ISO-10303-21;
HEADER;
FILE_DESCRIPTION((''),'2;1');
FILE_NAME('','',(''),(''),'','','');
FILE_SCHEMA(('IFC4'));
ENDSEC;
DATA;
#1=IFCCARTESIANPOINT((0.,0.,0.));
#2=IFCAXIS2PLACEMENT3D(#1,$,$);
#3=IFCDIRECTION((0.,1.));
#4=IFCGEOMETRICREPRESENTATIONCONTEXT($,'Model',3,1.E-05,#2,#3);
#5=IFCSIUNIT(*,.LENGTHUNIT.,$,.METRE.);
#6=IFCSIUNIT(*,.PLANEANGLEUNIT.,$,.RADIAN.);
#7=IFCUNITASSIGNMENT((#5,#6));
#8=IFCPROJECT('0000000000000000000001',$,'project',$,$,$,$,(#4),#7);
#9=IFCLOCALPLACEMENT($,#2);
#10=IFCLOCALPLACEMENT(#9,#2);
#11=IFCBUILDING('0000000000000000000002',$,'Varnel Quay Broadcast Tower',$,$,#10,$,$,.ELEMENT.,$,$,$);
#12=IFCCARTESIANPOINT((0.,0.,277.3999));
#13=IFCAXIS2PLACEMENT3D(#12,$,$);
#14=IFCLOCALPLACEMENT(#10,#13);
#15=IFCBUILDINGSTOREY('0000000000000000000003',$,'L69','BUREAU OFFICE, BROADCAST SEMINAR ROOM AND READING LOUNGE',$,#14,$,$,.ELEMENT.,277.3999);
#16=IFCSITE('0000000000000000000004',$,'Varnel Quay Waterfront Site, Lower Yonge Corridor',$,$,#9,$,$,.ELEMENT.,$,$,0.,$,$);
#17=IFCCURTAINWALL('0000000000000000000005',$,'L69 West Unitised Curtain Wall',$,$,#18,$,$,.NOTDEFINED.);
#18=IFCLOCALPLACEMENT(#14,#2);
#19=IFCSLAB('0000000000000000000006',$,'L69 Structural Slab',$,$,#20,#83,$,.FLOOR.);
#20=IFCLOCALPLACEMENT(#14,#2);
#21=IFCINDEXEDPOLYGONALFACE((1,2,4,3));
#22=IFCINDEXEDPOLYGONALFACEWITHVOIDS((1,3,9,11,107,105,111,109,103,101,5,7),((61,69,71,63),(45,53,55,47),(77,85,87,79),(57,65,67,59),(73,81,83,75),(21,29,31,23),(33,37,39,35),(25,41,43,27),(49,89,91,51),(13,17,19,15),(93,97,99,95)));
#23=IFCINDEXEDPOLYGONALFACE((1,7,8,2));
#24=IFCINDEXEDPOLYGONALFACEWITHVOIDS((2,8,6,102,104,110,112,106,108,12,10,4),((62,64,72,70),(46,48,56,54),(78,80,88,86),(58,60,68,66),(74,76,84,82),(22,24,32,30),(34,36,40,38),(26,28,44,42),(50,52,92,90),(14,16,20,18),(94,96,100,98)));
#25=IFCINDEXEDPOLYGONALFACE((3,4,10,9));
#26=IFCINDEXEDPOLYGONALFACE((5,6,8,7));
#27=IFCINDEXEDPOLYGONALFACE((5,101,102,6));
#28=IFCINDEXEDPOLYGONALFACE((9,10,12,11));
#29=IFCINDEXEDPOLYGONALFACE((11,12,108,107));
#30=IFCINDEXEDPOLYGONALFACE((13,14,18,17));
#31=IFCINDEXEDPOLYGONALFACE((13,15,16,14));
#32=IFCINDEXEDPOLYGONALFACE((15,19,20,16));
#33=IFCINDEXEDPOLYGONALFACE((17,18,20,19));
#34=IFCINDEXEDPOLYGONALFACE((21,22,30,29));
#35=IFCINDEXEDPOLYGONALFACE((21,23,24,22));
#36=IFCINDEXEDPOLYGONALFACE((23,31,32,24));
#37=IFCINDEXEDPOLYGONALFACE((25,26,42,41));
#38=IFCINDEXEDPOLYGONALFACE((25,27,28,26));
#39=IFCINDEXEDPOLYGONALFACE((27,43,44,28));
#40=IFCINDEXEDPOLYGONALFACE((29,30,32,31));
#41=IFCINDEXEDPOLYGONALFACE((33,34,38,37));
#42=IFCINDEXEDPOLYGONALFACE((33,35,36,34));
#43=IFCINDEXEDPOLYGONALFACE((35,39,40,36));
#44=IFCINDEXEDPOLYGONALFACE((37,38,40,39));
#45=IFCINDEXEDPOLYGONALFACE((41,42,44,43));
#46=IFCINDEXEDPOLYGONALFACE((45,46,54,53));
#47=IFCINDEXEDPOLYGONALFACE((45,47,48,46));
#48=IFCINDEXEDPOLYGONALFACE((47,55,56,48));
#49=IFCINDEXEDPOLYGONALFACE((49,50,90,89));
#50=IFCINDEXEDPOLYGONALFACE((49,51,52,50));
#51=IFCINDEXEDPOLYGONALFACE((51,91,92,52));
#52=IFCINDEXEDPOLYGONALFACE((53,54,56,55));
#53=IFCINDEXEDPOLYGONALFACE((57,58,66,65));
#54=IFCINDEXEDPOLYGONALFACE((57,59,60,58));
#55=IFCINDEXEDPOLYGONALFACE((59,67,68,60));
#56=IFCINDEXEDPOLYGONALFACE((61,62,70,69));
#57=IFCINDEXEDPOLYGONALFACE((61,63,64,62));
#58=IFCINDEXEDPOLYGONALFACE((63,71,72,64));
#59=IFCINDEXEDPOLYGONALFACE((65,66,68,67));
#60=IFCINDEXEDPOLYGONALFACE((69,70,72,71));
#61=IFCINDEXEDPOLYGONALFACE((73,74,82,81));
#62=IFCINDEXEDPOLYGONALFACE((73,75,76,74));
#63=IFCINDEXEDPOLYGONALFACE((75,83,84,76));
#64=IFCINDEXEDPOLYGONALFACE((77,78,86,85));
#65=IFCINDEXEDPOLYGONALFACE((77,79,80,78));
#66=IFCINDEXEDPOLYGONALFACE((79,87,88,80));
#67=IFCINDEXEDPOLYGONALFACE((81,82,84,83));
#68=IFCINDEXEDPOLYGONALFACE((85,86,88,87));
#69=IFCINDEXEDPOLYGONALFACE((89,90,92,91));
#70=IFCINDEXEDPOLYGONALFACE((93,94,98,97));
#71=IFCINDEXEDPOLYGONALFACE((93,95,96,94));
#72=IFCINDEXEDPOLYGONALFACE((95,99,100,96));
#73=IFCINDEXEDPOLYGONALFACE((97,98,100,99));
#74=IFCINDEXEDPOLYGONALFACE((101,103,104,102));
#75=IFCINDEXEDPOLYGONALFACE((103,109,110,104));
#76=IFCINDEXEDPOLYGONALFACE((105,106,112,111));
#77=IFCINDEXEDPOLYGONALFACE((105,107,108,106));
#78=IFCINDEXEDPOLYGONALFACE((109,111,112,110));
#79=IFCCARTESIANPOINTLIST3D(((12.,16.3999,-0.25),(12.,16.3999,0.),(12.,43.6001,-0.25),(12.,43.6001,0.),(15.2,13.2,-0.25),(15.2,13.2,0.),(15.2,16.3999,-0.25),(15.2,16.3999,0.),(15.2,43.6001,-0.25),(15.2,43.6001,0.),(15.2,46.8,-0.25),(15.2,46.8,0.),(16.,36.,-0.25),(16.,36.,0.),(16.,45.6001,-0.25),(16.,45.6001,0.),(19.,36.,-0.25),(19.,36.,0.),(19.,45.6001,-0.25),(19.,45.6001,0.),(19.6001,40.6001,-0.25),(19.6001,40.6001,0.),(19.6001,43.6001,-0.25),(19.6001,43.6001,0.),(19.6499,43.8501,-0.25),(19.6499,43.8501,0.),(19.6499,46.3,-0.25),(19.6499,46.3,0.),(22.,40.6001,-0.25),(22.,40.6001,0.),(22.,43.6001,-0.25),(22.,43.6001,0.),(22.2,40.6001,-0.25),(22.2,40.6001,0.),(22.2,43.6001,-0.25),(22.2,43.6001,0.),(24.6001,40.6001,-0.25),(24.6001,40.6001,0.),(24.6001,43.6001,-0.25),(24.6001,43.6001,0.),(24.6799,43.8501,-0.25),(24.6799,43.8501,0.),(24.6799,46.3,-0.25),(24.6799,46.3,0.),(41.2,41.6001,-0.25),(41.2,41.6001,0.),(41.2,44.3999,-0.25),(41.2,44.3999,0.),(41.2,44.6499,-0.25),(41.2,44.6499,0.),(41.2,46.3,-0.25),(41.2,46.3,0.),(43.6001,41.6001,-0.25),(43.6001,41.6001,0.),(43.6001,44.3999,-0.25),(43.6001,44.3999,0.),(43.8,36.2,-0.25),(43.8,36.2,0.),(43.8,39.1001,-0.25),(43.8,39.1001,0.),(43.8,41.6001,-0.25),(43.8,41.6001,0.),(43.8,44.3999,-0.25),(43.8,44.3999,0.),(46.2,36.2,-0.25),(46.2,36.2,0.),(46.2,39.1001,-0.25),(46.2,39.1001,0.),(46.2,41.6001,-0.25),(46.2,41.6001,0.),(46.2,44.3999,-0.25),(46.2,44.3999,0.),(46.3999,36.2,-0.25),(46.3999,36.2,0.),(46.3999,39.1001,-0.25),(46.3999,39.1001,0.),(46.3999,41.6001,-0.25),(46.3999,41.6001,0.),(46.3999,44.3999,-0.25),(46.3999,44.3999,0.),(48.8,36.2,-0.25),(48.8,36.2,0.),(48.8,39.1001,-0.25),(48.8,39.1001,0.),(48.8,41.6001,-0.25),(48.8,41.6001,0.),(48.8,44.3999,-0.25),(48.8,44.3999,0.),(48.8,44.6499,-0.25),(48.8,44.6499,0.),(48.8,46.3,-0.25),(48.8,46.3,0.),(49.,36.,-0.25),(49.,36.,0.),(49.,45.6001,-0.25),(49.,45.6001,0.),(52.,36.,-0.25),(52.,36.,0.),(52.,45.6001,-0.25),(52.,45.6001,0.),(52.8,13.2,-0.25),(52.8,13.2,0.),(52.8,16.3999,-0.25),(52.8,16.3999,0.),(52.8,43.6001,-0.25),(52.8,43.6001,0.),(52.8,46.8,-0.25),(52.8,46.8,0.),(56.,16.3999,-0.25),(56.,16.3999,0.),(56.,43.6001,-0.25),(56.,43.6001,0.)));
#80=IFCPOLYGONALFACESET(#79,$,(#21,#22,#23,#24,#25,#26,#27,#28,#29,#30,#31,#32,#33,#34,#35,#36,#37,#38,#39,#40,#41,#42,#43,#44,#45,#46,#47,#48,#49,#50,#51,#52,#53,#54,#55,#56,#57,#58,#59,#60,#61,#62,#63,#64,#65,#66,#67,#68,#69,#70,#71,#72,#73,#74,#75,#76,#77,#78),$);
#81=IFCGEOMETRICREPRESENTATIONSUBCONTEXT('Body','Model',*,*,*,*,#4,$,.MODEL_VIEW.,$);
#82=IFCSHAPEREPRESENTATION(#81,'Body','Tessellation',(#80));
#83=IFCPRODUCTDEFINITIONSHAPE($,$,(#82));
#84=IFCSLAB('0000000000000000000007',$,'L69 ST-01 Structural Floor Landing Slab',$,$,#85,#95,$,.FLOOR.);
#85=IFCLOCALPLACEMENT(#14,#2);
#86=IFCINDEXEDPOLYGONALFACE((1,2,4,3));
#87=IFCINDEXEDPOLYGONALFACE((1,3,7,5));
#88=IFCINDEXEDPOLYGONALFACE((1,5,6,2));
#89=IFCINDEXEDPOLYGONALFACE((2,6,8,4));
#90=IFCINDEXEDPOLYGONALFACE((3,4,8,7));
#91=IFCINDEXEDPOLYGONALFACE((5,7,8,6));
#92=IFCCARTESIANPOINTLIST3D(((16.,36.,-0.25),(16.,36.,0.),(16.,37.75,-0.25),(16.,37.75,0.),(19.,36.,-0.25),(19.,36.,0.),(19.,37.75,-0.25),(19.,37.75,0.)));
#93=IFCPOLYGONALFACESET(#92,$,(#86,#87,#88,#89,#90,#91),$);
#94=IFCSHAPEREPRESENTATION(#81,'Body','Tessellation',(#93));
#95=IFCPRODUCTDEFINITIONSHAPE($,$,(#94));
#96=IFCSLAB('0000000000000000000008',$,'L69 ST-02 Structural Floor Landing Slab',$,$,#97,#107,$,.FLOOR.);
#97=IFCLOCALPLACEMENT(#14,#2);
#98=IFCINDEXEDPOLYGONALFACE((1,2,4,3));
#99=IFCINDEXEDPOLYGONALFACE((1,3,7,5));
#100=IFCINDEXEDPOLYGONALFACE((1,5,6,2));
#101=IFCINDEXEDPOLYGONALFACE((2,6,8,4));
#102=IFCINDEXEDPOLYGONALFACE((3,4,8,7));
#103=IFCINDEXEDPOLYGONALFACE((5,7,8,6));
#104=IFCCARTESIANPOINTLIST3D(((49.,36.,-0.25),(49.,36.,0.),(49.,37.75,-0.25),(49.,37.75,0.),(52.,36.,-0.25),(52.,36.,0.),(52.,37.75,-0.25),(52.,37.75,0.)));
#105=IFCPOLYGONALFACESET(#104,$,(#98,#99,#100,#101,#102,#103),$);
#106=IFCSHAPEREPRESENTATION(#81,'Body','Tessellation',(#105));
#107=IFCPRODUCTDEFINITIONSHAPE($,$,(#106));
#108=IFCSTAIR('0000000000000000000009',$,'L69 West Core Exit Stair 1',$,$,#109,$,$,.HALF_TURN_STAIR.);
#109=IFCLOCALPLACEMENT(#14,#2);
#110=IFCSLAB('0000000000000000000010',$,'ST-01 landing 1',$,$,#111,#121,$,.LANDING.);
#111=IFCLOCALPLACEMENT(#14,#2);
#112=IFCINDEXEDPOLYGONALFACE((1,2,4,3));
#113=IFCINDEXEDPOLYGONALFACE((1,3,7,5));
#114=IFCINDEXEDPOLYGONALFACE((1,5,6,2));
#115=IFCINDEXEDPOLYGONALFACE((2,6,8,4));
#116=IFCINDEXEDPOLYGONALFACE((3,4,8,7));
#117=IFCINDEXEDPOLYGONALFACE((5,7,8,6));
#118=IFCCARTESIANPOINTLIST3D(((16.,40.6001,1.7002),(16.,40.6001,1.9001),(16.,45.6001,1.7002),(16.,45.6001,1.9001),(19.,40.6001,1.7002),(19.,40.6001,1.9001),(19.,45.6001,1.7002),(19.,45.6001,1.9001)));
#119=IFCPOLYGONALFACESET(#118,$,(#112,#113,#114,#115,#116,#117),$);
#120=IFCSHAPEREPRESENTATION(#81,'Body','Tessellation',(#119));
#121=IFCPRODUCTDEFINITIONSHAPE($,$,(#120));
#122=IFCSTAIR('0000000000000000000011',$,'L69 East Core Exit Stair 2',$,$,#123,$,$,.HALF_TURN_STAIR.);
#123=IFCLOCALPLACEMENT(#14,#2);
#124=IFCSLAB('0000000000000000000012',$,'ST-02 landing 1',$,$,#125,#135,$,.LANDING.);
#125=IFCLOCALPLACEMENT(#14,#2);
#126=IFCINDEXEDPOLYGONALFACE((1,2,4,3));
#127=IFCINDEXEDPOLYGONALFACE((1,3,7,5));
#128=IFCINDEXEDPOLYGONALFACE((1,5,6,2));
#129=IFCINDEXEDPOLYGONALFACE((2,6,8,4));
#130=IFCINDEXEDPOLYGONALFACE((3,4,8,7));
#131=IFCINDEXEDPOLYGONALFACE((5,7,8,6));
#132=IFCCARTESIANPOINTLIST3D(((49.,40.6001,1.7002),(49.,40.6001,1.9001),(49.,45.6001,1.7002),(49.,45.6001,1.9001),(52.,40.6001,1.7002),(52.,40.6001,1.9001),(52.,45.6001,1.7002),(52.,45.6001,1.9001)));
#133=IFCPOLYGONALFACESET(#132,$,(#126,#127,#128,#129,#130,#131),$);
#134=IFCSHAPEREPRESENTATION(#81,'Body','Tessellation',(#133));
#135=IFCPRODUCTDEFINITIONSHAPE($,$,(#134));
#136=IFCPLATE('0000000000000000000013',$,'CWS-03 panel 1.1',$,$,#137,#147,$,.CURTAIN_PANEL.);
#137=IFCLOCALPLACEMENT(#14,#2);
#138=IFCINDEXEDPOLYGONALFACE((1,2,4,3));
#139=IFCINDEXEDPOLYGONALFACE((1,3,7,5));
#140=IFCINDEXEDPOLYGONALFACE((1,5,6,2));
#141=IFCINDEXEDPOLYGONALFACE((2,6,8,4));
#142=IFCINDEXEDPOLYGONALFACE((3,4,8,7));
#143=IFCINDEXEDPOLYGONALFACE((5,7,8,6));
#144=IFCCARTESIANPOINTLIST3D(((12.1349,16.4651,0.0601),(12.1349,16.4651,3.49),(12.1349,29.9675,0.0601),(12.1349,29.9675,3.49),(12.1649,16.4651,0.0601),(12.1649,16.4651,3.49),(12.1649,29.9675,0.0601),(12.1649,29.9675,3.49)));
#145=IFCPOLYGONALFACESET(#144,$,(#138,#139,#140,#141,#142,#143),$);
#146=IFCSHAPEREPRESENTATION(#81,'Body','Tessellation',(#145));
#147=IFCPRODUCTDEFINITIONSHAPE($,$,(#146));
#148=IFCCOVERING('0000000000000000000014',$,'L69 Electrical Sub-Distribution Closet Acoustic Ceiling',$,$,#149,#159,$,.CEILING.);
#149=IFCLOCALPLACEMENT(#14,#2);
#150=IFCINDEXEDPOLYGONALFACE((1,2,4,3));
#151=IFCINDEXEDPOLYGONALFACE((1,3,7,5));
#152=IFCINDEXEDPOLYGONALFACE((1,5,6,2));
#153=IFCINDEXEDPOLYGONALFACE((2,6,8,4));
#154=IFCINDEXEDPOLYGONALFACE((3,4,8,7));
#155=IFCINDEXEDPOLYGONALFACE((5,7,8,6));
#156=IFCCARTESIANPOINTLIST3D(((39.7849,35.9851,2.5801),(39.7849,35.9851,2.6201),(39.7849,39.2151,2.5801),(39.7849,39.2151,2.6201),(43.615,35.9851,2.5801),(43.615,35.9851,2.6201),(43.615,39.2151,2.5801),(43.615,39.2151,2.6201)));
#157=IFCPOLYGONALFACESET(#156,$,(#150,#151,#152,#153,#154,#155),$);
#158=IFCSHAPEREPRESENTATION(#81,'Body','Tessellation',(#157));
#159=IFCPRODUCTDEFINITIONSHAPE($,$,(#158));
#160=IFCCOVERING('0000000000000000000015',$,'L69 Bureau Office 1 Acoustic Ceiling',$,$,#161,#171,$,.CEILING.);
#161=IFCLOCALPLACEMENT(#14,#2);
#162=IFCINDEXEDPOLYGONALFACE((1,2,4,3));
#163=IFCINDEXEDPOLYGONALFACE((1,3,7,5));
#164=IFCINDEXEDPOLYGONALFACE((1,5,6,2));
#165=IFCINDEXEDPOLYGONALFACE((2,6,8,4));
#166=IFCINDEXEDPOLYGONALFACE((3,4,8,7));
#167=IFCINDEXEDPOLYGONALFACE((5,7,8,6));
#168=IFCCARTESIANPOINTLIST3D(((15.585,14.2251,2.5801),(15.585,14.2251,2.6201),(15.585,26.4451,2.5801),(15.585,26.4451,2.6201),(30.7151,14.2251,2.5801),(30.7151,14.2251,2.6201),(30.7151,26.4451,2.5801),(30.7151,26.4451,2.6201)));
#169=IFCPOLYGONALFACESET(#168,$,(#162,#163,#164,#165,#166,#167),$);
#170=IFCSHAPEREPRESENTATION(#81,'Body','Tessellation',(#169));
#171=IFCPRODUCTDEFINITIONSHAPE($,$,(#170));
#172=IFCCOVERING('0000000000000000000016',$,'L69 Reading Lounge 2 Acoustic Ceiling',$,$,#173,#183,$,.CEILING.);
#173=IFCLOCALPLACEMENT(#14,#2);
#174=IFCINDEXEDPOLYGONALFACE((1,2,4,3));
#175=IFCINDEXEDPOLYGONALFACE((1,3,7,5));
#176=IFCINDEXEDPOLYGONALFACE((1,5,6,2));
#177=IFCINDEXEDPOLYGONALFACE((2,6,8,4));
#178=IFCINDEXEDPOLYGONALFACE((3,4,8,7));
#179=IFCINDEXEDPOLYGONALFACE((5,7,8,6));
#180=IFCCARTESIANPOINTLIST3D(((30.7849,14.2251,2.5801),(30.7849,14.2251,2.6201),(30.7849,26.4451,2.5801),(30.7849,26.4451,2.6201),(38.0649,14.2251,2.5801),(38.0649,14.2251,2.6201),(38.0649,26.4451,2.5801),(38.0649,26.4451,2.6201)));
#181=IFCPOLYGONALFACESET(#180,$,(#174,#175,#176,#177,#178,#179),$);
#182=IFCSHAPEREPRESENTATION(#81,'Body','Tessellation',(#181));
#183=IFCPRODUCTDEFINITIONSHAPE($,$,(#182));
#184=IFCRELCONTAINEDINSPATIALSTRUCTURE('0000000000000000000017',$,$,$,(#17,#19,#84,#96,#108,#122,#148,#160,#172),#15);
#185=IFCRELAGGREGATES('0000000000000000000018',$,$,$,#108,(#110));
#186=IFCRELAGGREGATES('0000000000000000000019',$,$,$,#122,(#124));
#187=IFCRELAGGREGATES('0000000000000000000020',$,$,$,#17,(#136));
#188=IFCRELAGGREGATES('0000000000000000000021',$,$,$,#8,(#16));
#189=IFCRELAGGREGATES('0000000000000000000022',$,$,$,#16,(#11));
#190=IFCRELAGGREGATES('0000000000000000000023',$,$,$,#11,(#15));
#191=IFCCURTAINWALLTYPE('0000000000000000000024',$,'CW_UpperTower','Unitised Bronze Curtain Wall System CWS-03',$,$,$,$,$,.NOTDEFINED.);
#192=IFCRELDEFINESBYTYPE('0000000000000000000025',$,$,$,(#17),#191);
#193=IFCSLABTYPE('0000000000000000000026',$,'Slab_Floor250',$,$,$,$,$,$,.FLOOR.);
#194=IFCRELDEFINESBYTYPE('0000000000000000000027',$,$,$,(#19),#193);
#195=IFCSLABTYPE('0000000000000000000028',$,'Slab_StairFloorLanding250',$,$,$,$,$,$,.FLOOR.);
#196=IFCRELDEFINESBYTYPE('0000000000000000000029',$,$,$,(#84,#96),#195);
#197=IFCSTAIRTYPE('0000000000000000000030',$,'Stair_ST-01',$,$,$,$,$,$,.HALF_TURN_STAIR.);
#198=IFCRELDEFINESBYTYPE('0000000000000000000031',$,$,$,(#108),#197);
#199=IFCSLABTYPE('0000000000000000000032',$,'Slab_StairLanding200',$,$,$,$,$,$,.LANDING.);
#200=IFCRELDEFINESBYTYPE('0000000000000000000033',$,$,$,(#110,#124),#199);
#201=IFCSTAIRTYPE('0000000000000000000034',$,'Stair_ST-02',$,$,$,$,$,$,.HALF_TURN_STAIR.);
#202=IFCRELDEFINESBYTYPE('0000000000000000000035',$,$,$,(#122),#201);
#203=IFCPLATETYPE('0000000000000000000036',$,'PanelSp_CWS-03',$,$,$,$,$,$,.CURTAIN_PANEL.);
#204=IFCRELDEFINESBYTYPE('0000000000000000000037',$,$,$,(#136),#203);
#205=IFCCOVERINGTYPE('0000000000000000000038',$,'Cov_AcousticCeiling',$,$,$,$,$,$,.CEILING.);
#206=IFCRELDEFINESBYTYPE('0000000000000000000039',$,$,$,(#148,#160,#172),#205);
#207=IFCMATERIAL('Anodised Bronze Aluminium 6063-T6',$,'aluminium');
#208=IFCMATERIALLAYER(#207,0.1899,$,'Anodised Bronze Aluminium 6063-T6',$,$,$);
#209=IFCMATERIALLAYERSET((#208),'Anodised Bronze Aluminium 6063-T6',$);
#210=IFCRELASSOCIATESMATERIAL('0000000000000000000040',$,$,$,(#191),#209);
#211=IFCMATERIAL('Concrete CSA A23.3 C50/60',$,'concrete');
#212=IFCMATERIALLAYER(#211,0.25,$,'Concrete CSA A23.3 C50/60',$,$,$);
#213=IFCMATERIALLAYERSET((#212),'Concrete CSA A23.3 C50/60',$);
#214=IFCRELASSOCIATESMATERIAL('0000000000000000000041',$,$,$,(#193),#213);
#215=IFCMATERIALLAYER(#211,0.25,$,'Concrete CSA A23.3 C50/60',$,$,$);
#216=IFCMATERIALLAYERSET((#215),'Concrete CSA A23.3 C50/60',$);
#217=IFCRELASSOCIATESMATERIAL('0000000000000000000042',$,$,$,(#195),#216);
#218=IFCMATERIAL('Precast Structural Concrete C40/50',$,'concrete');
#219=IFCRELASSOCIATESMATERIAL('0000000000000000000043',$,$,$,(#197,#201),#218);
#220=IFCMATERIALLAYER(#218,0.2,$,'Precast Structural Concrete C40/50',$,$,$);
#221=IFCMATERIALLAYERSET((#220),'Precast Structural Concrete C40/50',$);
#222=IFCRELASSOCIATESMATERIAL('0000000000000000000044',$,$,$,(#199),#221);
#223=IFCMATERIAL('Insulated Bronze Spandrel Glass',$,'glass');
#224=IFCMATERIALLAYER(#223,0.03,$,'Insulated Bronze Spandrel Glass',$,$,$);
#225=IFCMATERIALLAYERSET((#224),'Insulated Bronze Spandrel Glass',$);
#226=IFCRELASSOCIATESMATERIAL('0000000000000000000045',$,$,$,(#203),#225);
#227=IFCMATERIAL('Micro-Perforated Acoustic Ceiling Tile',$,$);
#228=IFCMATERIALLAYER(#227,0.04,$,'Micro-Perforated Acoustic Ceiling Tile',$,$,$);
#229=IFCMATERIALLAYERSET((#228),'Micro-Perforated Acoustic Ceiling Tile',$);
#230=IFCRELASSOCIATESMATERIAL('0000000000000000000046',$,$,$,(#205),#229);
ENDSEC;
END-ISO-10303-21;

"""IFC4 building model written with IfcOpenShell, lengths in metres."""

from ifc_helpers import new_model, si_unit, direction, frame, origin, origin_2d, place, context, subcontext, project, spatial, polyline, rectangle, outline, extrude, source, transform, mapped, material, layer, layer_set, type_object, type_shapes, element, aggregate, save


model = new_model("IFC4")

# Units and contexts
model_context = context("Model", 3, precision=1e-05, world=origin(), true_north=direction((0.0, 1.0)))
body_context = subcontext(model_context, "Body", "Model", "MODEL_VIEW")
ifc_project = project(units=[si_unit("LENGTHUNIT", "METRE"), si_unit("PLANEANGLEUNIT", "RADIAN")], contexts=[model_context])

# Site, building, storey
site_placement = place(None, origin())
site = spatial("IfcSite", under=ifc_project, at=site_placement, Name="Varnel Quay Waterfront Site, Lower Yonge Corridor", CompositionType="ELEMENT", RefElevation=0.0)
building_placement = place(site_placement, origin())
building = spatial("IfcBuilding", under=site, at=building_placement, Name="Varnel Quay Broadcast Tower", CompositionType="ELEMENT")
storey_placement = place(building_placement, frame((0.0, 0.0, 277.3999)))
storey = spatial("IfcBuildingStorey", under=building, at=storey_placement, Name="L69", Description="BUREAU OFFICE, BROADCAST SEMINAR ROOM AND READING LOUNGE", CompositionType="ELEMENT", Elevation=277.3999)

# Shared definitions
ifc_material_1 = material(Name="Anodised Bronze Aluminium 6063-T6", Category="aluminium")

# Curtain wall
ifc_layer_1 = layer(ifc_material_1, 0.1899, Name="Anodised Bronze Aluminium 6063-T6")
ifc_layer_set_1 = layer_set([ifc_layer_1], Name="Anodised Bronze Aluminium 6063-T6")
curtain_wall_type_1 = type_object("IfcCurtainWallType", Name="CW_UpperTower", Description="Unitised Bronze Curtain Wall System CWS-03", PredefinedType="NOTDEFINED", material=ifc_layer_set_1)
curtain_wall_1_placement = place(storey_placement, origin())
curtain_wall_1 = element("IfcCurtainWall", 1, at=curtain_wall_1_placement, inside=storey, type_object=curtain_wall_type_1, Name="L69 West Unitised Curtain Wall", PredefinedType="NOTDEFINED")

# Slabs
ifc_material_2 = material(Name="Concrete CSA A23.3 C50/60", Category="concrete")
ifc_layer_2 = layer(ifc_material_2, 0.25, Name="Concrete CSA A23.3 C50/60")
ifc_layer_set_2 = layer_set([ifc_layer_2], Name="Concrete CSA A23.3 C50/60")
slab_type_1 = type_object("IfcSlabType", Name="Slab_Floor250", PredefinedType="FLOOR", material=ifc_layer_set_2)
slab_1_placement = place(storey_placement, frame((0.0, 0.0, -0.25)))
element("IfcSlab", 2, at=slab_1_placement, inside=storey, type_object=slab_type_1, Name="L69 Structural Slab", PredefinedType="FLOOR", context=body_context, shape_type="SweptSolid", body=[
    extrude(outline(polyline([(15.2, 13.2), (52.8, 13.2), (52.8, 16.3999), (56.0, 16.3999), (56.0, 43.6001), (52.8, 43.6001), (52.8, 46.8), (15.2, 46.8), (15.2, 43.6001), (12.0, 43.6001), (12.0, 16.3999), (15.2, 16.3999), (15.2, 13.2)]), holes=[polyline([(19.0, 36.0), (16.0, 36.0), (16.0, 45.6001), (19.0, 45.6001), (19.0, 36.0)]), polyline([(19.6001, 40.6001), (19.6001, 43.6001), (22.0, 43.6001), (22.0, 40.6001), (19.6001, 40.6001)]), polyline([(22.2, 40.6001), (22.2, 43.6001), (24.6001, 43.6001), (24.6001, 40.6001), (22.2, 40.6001)]), polyline([(41.2, 44.3999), (43.6001, 44.3999), (43.6001, 41.6001), (41.2, 41.6001), (41.2, 44.3999)]), polyline([(43.8, 44.3999), (46.2, 44.3999), (46.2, 41.6001), (43.8, 41.6001), (43.8, 44.3999)]), polyline([(19.6499, 43.8501), (19.6499, 46.3), (24.6799, 46.3), (24.6799, 43.8501), (19.6499, 43.8501)]), polyline([(43.8, 39.1001), (46.2, 39.1001), (46.2, 36.2), (43.8, 36.2), (43.8, 39.1001)]), polyline([(46.3999, 39.1001), (48.8, 39.1001), (48.8, 36.2), (46.3999, 36.2), (46.3999, 39.1001)]), polyline([(52.0, 36.0), (49.0, 36.0), (49.0, 45.6001), (52.0, 45.6001), (52.0, 36.0)]), polyline([(46.3999, 44.3999), (48.8, 44.3999), (48.8, 41.6001), (46.3999, 41.6001), (46.3999, 44.3999)]), polyline([(41.2, 46.3), (48.8, 46.3), (48.8, 44.6499), (41.2, 44.6499), (41.2, 46.3)])]), origin(), (0.0, 0.0, 1.0), 0.25),
])
ifc_layer_3 = layer(ifc_material_2, 0.25, Name="Concrete CSA A23.3 C50/60")
ifc_layer_set_3 = layer_set([ifc_layer_3], Name="Concrete CSA A23.3 C50/60")
slab_type_2 = type_object("IfcSlabType", Name="Slab_StairFloorLanding250", PredefinedType="FLOOR", material=ifc_layer_set_3)
slab_2_placement = place(storey_placement, frame((0.0, 0.0, -0.25)))
element("IfcSlab", 3, at=slab_2_placement, inside=storey, type_object=slab_type_2, Name="L69 ST-01 Structural Floor Landing Slab", PredefinedType="FLOOR", context=body_context, shape_type="SweptSolid", body=[
    extrude(outline(polyline([(19.0, 36.0), (19.0, 37.75), (16.0, 37.75), (16.0, 36.0), (19.0, 36.0)])), origin(), (0.0, 0.0, 1.0), 0.25),
])
slab_3_placement = place(storey_placement, frame((0.0, 0.0, -0.25)))
element("IfcSlab", 4, at=slab_3_placement, inside=storey, type_object=slab_type_2, Name="L69 ST-02 Structural Floor Landing Slab", PredefinedType="FLOOR", context=body_context, shape_type="SweptSolid", body=[
    extrude(outline(polyline([(52.0, 36.0), (52.0, 37.75), (49.0, 37.75), (49.0, 36.0), (52.0, 36.0)])), origin(), (0.0, 0.0, 1.0), 0.25),
])

# Stairs, slabs
ifc_material_3 = material(Name="Precast Structural Concrete C40/50", Category="concrete")
stair_type_1 = type_object("IfcStairType", Name="Stair_ST-01", PredefinedType="HALF_TURN_STAIR", material=ifc_material_3)
stair_1_placement = place(storey_placement, origin())
stair_1 = element("IfcStair", 5, at=stair_1_placement, inside=storey, type_object=stair_type_1, Name="L69 West Core Exit Stair 1", PredefinedType="HALF_TURN_STAIR")
ifc_layer_4 = layer(ifc_material_3, 0.2, Name="Precast Structural Concrete C40/50")
ifc_layer_set_4 = layer_set([ifc_layer_4], Name="Precast Structural Concrete C40/50")
slab_type_3 = type_object("IfcSlabType", Name="Slab_StairLanding200", PredefinedType="LANDING", material=ifc_layer_set_4)
slab_4_placement = place(storey_placement, frame((0.0, 0.0, 1.7002)))
slab_4 = element("IfcSlab", 6, at=slab_4_placement, type_object=slab_type_3, Name="ST-01 landing 1", PredefinedType="LANDING", context=body_context, shape_type="SweptSolid", body=[
    extrude(outline(polyline([(19.0, 40.6001), (19.0, 45.6001), (16.0, 45.6001), (16.0, 40.6001), (19.0, 40.6001)])), origin(), (0.0, 0.0, 1.0), 0.2),
])
aggregate(stair_1, [slab_4])
stair_type_2 = type_object("IfcStairType", Name="Stair_ST-02", PredefinedType="HALF_TURN_STAIR", material=ifc_material_3)
stair_2_placement = place(storey_placement, origin())
stair_2 = element("IfcStair", 7, at=stair_2_placement, inside=storey, type_object=stair_type_2, Name="L69 East Core Exit Stair 2", PredefinedType="HALF_TURN_STAIR")
slab_5_placement = place(storey_placement, frame((0.0, 0.0, 1.7002)))
slab_5 = element("IfcSlab", 8, at=slab_5_placement, type_object=slab_type_3, Name="ST-02 landing 1", PredefinedType="LANDING", context=body_context, shape_type="SweptSolid", body=[
    extrude(outline(polyline([(52.0, 40.6001), (52.0, 45.6001), (49.0, 45.6001), (49.0, 40.6001), (52.0, 40.6001)])), origin(), (0.0, 0.0, 1.0), 0.2),
])
aggregate(stair_2, [slab_5])

# Plate
ifc_material_4 = material(Name="Insulated Bronze Spandrel Glass", Category="glass")
ifc_layer_5 = layer(ifc_material_4, 0.03, Name="Insulated Bronze Spandrel Glass")
ifc_layer_set_5 = layer_set([ifc_layer_5], Name="Insulated Bronze Spandrel Glass")
plate_type = type_object("IfcPlateType", Name="PanelSp_CWS-03", PredefinedType="CURTAIN_PANEL", material=ifc_layer_set_5)
shared_shape_1 = source(origin(), body_context, "Body", "SweptSolid", [
    extrude(rectangle(XDim=13.5024, YDim=0.03, at=origin_2d()), origin(), (0.0, 0.0, 1.0), 3.4299),
])
type_shapes(plate_type, [shared_shape_1])
plate_placement = place(storey_placement, frame((12.1499, 23.2163, 0.0601), z_axis=(0.0, 0.0, 1.0), x_axis=(0.0, 1.0, 0.0)))
plate = element("IfcPlate", 9, at=plate_placement, type_object=plate_type, Name="CWS-03 panel 1.1", PredefinedType="CURTAIN_PANEL", context=body_context, shape_type="MappedRepresentation", body=[
    mapped(shared_shape_1, transform((0.0, 0.0, 0.0), x_axis=(1.0, 0.0, 0.0), y_axis=(0.0, 1.0, 0.0), z_axis=(0.0, 0.0, 1.0), scale=1.0)),
])
aggregate(curtain_wall_1, [plate])

# Coverings
ifc_material_5 = material(Name="Micro-Perforated Acoustic Ceiling Tile")
ifc_layer_6 = layer(ifc_material_5, 0.04, Name="Micro-Perforated Acoustic Ceiling Tile")
ifc_layer_set_6 = layer_set([ifc_layer_6], Name="Micro-Perforated Acoustic Ceiling Tile")
covering_type_1 = type_object("IfcCoveringType", Name="Cov_AcousticCeiling", PredefinedType="CEILING", material=ifc_layer_set_6)
covering_1_placement = place(storey_placement, frame((0.0, 0.0, 2.5801)))
element("IfcCovering", 10, at=covering_1_placement, inside=storey, type_object=covering_type_1, Name="L69 Electrical Sub-Distribution Closet Acoustic Ceiling", PredefinedType="CEILING", context=body_context, shape_type="SweptSolid", body=[
    extrude(outline(polyline([(39.7849, 35.9851), (43.615, 35.9851), (43.615, 39.2151), (39.7849, 39.2151), (39.7849, 35.9851)])), origin(), (0.0, 0.0, 1.0), 0.04),
])
covering_2_placement = place(storey_placement, frame((0.0, 0.0, 2.5801)))
element("IfcCovering", 11, at=covering_2_placement, inside=storey, type_object=covering_type_1, Name="L69 Bureau Office 1 Acoustic Ceiling", PredefinedType="CEILING", context=body_context, shape_type="SweptSolid", body=[
    extrude(outline(polyline([(15.585, 14.2251), (30.7151, 14.2251), (30.7151, 26.4451), (15.585, 26.4451), (15.585, 14.2251)])), origin(), (0.0, 0.0, 1.0), 0.04),
])
covering_3_placement = place(storey_placement, frame((0.0, 0.0, 2.5801)))
element("IfcCovering", 12, at=covering_3_placement, inside=storey, type_object=covering_type_1, Name="L69 Reading Lounge 2 Acoustic Ceiling", PredefinedType="CEILING", context=body_context, shape_type="SweptSolid", body=[
    extrude(outline(polyline([(30.7849, 14.2251), (38.0649, 14.2251), (38.0649, 26.4451), (30.7849, 26.4451), (30.7849, 14.2251)])), origin(), (0.0, 0.0, 1.0), 0.04),
])

save(model, "model.ifc")
